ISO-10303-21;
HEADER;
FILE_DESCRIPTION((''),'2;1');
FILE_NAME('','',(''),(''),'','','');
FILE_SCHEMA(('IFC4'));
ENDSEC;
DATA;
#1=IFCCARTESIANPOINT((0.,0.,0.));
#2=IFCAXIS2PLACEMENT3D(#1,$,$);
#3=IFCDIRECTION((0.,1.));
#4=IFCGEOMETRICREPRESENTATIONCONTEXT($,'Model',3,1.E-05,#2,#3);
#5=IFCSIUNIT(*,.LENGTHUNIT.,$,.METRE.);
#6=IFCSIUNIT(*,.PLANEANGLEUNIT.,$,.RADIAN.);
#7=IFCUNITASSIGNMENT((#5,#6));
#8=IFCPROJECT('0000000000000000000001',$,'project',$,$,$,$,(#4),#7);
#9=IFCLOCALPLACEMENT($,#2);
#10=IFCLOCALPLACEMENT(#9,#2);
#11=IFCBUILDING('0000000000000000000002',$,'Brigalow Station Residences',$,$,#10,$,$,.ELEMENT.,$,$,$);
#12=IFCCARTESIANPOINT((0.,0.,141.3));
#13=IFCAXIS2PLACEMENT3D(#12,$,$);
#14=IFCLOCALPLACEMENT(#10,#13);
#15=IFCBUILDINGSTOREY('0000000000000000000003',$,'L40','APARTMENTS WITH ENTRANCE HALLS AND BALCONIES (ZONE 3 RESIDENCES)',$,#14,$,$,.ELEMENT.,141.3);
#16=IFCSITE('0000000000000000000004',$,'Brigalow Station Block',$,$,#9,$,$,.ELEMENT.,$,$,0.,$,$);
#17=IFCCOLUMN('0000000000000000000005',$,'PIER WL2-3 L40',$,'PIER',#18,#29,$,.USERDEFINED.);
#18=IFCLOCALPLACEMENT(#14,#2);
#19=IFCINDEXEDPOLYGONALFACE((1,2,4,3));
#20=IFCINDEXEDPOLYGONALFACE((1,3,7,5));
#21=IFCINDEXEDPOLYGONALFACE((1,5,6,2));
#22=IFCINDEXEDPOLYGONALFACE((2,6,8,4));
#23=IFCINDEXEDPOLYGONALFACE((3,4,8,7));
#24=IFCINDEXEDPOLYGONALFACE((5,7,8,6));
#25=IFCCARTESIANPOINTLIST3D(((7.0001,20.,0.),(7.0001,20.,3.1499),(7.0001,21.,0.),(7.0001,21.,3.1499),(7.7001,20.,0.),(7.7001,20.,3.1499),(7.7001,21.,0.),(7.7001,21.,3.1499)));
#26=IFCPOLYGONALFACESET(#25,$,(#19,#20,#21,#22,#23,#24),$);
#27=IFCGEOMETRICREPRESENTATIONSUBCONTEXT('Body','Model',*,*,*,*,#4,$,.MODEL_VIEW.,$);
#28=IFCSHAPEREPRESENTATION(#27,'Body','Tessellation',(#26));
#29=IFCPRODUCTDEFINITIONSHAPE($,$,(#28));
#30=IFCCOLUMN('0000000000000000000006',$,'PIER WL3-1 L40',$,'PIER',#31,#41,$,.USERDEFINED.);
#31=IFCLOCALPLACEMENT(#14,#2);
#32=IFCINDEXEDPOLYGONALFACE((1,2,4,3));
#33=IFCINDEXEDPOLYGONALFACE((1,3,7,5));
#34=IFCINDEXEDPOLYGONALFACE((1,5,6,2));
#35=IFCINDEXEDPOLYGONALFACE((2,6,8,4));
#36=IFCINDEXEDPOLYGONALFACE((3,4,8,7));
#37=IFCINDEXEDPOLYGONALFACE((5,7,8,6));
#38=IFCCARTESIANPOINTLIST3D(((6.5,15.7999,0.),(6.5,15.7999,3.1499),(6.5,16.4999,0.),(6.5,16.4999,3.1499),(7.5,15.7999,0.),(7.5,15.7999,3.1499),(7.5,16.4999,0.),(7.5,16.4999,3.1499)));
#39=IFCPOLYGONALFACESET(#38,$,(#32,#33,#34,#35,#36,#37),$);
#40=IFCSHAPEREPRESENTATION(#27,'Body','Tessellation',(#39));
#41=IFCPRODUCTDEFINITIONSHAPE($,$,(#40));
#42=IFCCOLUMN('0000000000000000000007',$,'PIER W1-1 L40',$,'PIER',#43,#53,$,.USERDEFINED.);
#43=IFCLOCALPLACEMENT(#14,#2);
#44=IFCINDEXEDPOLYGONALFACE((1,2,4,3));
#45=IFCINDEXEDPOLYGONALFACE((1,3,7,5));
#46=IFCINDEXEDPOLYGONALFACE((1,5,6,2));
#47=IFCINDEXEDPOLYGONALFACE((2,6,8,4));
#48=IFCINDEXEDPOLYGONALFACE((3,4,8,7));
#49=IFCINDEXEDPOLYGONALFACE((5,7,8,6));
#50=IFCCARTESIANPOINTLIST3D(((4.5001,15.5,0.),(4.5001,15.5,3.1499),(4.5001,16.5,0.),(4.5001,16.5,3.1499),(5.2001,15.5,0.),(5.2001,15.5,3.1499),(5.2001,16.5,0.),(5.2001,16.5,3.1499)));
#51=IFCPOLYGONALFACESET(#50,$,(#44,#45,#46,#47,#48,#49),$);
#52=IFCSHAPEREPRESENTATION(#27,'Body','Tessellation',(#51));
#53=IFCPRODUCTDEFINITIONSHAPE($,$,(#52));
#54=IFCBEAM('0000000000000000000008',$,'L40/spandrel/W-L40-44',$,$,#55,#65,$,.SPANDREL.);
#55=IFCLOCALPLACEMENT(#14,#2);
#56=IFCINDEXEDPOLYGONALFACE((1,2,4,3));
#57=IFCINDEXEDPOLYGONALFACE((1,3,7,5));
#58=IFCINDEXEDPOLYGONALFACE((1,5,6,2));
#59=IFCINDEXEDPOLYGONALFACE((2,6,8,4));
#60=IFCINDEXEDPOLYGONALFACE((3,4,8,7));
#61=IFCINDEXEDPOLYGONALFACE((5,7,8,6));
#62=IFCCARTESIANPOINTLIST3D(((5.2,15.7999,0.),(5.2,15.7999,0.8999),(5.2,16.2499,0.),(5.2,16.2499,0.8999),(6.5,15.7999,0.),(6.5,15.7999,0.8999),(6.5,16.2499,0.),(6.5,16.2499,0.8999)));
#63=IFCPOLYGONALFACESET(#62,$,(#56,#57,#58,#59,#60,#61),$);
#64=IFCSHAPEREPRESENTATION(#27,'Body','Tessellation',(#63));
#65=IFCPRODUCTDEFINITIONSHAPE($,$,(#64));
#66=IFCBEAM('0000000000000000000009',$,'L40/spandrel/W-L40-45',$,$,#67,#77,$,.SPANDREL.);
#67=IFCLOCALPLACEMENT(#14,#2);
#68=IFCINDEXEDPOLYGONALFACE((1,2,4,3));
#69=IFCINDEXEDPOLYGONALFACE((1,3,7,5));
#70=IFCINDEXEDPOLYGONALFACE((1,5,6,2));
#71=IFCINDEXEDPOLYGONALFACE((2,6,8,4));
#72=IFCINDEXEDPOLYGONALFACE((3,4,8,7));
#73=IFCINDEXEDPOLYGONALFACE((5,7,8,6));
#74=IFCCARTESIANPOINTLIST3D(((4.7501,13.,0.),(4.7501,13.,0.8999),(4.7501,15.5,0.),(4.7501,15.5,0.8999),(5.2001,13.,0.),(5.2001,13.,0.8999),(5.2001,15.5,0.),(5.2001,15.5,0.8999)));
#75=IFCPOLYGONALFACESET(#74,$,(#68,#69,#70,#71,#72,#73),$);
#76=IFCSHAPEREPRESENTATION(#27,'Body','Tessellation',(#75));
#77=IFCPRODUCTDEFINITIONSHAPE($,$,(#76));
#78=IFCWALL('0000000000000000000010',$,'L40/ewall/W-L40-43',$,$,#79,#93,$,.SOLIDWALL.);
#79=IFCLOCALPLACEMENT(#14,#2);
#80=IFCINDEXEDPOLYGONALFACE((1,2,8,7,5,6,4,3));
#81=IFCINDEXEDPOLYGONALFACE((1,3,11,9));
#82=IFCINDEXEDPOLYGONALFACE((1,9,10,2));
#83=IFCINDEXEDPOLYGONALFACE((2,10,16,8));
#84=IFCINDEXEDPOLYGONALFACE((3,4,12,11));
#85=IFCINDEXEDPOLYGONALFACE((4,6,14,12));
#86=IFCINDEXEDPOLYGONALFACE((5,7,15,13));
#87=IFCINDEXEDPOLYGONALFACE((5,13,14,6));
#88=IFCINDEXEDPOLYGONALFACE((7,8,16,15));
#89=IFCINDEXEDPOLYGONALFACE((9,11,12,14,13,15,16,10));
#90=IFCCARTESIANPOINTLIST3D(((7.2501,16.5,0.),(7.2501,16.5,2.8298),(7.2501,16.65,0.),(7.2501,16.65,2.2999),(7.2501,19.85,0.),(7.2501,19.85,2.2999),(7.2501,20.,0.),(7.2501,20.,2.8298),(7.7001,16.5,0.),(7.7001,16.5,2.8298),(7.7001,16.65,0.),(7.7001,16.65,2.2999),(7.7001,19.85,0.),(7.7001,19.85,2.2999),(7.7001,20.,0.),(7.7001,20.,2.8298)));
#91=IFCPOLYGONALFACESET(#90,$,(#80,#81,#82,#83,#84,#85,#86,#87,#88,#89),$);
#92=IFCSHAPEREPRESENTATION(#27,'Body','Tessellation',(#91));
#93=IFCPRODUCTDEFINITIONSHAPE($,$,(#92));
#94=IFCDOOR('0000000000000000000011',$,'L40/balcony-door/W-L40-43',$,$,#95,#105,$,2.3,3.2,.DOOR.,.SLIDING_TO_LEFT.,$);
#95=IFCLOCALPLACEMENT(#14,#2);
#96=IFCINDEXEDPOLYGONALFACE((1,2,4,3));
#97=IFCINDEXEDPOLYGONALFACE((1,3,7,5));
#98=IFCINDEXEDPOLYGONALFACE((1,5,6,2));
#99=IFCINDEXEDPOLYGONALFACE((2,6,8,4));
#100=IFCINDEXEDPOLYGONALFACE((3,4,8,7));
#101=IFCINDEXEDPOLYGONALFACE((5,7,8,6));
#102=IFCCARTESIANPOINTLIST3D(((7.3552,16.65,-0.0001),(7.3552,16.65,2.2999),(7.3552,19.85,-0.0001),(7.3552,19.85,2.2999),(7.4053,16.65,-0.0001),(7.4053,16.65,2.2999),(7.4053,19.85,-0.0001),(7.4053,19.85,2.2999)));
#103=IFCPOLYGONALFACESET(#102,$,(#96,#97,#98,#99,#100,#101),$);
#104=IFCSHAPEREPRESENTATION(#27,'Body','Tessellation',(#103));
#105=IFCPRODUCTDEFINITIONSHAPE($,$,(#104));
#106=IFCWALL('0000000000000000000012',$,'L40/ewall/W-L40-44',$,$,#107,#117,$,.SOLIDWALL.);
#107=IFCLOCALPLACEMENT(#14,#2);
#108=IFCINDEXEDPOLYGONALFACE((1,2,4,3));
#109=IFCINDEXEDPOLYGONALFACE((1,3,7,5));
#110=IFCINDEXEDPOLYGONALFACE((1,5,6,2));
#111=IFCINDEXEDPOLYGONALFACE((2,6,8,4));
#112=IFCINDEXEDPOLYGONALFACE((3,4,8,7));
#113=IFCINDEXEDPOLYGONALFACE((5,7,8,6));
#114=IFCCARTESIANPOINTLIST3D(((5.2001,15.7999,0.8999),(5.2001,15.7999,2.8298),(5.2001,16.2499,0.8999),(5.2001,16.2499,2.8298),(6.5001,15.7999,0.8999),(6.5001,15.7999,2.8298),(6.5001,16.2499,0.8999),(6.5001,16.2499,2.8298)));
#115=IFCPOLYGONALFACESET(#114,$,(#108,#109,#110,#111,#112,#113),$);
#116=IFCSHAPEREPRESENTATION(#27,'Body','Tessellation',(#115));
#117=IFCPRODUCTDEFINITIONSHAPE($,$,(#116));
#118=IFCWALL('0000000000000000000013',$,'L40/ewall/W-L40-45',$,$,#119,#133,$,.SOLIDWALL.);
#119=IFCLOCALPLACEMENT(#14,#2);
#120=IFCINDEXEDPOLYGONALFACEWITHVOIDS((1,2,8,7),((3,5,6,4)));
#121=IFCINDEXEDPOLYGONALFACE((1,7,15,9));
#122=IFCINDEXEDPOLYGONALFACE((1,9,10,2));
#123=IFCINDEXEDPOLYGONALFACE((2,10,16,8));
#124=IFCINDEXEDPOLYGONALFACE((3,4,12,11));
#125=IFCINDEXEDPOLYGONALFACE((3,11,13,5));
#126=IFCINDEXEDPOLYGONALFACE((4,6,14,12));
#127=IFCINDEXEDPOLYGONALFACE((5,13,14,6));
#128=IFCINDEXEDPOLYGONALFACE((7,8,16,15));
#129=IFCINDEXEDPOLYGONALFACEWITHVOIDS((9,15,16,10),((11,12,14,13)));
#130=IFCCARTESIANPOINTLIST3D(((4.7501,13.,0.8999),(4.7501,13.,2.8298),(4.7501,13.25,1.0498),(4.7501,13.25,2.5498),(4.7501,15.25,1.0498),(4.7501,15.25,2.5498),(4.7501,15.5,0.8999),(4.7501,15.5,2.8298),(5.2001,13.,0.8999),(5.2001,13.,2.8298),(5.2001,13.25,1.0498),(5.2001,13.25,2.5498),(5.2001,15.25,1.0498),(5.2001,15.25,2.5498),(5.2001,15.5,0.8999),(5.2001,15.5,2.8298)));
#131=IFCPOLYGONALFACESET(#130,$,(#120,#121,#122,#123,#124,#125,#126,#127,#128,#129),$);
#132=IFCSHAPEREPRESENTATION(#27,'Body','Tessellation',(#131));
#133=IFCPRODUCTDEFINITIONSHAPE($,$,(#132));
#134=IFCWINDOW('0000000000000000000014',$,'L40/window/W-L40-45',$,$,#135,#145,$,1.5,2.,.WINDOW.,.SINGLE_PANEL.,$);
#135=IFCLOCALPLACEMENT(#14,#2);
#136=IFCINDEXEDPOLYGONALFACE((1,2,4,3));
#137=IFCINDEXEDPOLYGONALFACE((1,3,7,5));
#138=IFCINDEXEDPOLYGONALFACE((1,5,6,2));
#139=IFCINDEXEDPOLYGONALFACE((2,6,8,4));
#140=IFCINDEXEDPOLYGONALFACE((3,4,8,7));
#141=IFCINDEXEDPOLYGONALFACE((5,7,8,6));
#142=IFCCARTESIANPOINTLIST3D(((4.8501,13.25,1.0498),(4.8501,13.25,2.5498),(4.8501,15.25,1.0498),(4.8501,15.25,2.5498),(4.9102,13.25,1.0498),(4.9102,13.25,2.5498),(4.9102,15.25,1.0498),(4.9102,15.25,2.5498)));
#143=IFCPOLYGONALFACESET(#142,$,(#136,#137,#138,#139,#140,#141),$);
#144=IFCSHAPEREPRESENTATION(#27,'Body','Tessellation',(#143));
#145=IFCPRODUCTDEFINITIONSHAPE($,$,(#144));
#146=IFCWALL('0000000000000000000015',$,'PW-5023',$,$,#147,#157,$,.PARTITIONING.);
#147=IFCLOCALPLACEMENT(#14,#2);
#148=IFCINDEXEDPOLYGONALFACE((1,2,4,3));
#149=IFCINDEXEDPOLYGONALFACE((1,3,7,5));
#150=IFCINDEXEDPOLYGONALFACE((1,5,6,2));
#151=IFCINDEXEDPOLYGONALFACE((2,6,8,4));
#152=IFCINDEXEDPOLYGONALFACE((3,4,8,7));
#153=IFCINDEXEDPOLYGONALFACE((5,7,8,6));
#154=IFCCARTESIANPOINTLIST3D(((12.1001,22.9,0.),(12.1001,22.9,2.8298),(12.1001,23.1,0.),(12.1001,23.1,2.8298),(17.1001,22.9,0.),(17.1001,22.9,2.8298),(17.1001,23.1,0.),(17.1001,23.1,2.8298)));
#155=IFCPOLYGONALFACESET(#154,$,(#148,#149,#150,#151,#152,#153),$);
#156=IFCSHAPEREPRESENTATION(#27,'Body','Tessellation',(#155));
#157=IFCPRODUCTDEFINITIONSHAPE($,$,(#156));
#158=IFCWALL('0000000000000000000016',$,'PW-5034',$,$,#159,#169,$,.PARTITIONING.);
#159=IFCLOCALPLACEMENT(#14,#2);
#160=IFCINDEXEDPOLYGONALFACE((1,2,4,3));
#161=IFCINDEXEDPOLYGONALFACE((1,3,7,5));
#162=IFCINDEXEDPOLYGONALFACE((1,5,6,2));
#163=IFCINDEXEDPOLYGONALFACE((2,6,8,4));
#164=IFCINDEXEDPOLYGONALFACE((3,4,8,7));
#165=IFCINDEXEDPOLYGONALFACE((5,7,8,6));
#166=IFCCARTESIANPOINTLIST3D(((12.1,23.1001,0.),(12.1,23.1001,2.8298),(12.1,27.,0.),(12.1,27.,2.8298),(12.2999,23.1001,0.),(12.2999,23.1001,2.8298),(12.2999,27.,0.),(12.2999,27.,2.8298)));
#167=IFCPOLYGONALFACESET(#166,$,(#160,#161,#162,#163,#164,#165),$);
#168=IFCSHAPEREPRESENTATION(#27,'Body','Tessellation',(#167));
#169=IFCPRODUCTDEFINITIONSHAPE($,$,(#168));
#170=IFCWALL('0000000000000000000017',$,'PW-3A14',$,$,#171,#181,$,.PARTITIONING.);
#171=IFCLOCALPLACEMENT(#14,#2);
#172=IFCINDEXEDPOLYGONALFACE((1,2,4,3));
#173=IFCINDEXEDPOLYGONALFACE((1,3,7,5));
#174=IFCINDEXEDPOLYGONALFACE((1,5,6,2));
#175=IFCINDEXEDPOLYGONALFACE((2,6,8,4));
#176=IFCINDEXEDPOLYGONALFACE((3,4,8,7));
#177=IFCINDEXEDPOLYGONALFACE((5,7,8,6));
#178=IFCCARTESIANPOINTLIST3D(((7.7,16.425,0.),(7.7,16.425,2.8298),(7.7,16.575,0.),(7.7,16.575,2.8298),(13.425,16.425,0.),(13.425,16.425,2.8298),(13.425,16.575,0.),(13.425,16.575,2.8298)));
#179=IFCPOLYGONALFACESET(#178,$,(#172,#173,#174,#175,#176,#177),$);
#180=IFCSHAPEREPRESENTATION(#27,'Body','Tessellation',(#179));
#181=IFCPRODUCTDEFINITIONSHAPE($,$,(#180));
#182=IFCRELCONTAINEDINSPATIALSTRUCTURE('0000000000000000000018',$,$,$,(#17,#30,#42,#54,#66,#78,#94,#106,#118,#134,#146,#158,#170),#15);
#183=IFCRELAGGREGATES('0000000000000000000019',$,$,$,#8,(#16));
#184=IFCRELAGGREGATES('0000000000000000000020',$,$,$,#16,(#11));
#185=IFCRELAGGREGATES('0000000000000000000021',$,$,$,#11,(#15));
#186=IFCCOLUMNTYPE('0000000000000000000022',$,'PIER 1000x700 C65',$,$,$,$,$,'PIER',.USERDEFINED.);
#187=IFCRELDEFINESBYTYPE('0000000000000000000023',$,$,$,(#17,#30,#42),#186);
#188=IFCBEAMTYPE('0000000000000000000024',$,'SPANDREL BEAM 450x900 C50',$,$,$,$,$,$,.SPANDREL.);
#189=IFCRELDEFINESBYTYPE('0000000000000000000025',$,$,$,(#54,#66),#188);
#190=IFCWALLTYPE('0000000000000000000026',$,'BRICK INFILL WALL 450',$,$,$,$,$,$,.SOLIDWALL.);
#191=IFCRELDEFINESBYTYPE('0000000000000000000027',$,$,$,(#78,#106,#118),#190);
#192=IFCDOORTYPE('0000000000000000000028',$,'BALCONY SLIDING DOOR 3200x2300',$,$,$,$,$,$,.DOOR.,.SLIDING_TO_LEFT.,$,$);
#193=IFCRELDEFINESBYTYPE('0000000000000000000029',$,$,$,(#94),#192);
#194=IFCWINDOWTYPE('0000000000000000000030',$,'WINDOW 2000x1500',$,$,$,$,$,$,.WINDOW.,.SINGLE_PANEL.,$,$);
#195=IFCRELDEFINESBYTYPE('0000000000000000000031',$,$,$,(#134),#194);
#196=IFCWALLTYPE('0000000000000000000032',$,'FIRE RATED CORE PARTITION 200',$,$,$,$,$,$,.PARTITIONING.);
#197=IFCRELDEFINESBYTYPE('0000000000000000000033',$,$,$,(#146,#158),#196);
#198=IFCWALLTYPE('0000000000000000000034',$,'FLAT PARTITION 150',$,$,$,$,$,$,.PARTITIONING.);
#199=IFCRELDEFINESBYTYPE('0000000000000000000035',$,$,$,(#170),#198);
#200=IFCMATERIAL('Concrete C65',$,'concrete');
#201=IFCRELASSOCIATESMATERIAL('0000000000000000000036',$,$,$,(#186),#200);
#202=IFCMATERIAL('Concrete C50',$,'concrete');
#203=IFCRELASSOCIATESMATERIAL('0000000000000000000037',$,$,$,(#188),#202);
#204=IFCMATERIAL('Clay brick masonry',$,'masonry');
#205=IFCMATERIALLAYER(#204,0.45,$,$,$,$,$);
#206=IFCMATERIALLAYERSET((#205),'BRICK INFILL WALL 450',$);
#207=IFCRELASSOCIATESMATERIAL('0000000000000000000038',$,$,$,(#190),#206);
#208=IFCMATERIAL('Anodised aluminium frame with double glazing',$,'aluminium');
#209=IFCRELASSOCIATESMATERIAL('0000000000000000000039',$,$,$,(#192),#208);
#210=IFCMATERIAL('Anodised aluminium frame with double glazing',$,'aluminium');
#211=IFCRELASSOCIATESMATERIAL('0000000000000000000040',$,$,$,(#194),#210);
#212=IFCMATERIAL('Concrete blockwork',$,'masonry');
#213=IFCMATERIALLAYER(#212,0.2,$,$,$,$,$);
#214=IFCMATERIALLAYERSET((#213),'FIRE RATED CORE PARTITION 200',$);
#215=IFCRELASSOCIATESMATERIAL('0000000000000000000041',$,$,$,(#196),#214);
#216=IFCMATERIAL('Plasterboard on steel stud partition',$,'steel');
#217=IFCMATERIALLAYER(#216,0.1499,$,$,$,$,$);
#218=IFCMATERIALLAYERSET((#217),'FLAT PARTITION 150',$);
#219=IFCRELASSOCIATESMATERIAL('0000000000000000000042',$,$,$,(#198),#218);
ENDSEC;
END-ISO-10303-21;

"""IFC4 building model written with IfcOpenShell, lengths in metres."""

from ifc_helpers import new_model, si_unit, direction, frame, frame_2d, origin, origin_2d, place, context, subcontext, project, spatial, rectangle, extrude, material, layer, layer_set, material_profile, profile_set, type_object, element, fill, save


model = new_model("IFC4")

# Units and contexts
model_context = context("Model", 3, precision=1e-05, world=origin(), true_north=direction((0.0, 1.0)))
body_context = subcontext(model_context, "Body", "Model", "MODEL_VIEW")
ifc_project = project(units=[si_unit("LENGTHUNIT", "METRE"), si_unit("PLANEANGLEUNIT", "RADIAN")], contexts=[model_context])

# Site, building, storey
site_placement = place(None, origin())
site = spatial("IfcSite", under=ifc_project, at=site_placement, Name="Brigalow Station Block", CompositionType="ELEMENT", RefElevation=0.0)
building_placement = place(site_placement, origin())
building = spatial("IfcBuilding", under=site, at=building_placement, Name="Brigalow Station Residences", CompositionType="ELEMENT")
storey_placement = place(building_placement, frame((0.0, 0.0, 141.3)))
storey = spatial("IfcBuildingStorey", under=building, at=storey_placement, Name="L40", Description="APARTMENTS WITH ENTRANCE HALLS AND BALCONIES (ZONE 3 RESIDENCES)", CompositionType="ELEMENT", Elevation=141.3)

# Columns
ifc_material_1 = material(Name="Concrete C65", Category="concrete")
ifc_material_profile_1 = material_profile(ifc_material_1, rectangle(XDim=1.0, YDim=0.7, at=origin_2d()), Name="RC1000x700")
ifc_profile_set_1 = profile_set([ifc_material_profile_1], Name="Concrete C65")
column_type = type_object("IfcColumnType", Name="PIER 1000x700 C65", ElementType="PIER", PredefinedType="USERDEFINED", material=ifc_profile_set_1)
for number, where, z_axis, x_axis, name in (
    (1, (7.3501, 20.5, 0.0), (0.0, 0.0, 1.0), (0.0, -1.0, 0.0), "PIER WL2-3 L40"),
    (2, (7.0, 16.1499, 0.0), (0.0, 0.0, 1.0), (-1.0, 0.0, 0.0), "PIER WL3-1 L40"),
    (3, (4.8501, 16.0, 0.0), (0.0, 0.0, 1.0), (0.0, -1.0, 0.0), "PIER W1-1 L40"),
):
    element("IfcColumn", number, at=place(storey_placement, frame(where, z_axis=z_axis, x_axis=x_axis)), inside=storey, type_object=column_type, Name=name, ObjectType="PIER", PredefinedType="USERDEFINED", context=body_context, shape_type="SweptSolid", body=[
        extrude(rectangle(XDim=1.0, YDim=0.7, at=origin_2d()), origin(), (0.0, 0.0, 1.0), 3.1499),
    ])

# Beams
ifc_material_2 = material(Name="Concrete C50", Category="concrete")
ifc_material_profile_2 = material_profile(ifc_material_2, rectangle(XDim=0.45, YDim=0.8999, at=origin_2d()), Name="RC450x900")
ifc_profile_set_2 = profile_set([ifc_material_profile_2], Name="Concrete C50")
beam_type = type_object("IfcBeamType", Name="SPANDREL BEAM 450x900 C50", PredefinedType="SPANDREL", material=ifc_profile_set_2)
beam_1_placement = place(storey_placement, frame((6.5, 16.0249, 0.45), z_axis=(-1.0, 0.0, 0.0), x_axis=(0.0, -1.0, 0.0)))
element("IfcBeam", 4, at=beam_1_placement, inside=storey, type_object=beam_type, Name="L40/spandrel/W-L40-44", PredefinedType="SPANDREL", context=body_context, shape_type="SweptSolid", body=[
    extrude(rectangle(XDim=0.45, YDim=0.8999, at=origin_2d()), origin(), (0.0, 0.0, 1.0), 1.3),
])
beam_2_placement = place(storey_placement, frame((4.9751, 15.5, 0.45), z_axis=(0.0, -1.0, 0.0), x_axis=(1.0, 0.0, 0.0)))
element("IfcBeam", 5, at=beam_2_placement, inside=storey, type_object=beam_type, Name="L40/spandrel/W-L40-45", PredefinedType="SPANDREL", context=body_context, shape_type="SweptSolid", body=[
    extrude(rectangle(XDim=0.45, YDim=0.8999, at=origin_2d()), origin(), (0.0, 0.0, 1.0), 2.5),
])

# Wall, opening, door
ifc_material_3 = material(Name="Clay brick masonry", Category="masonry")
ifc_layer_1 = layer(ifc_material_3, 0.45)
ifc_layer_set_1 = layer_set([ifc_layer_1], Name="BRICK INFILL WALL 450")
wall_type_1 = type_object("IfcWallType", Name="BRICK INFILL WALL 450", PredefinedType="SOLIDWALL", material=ifc_layer_set_1)
wall_1_placement = place(storey_placement, frame((7.4751, 20.0, 0.0), z_axis=(0.0, 0.0, 1.0), x_axis=(0.0, -1.0, 0.0)))
wall_1 = element("IfcWall", 6, at=wall_1_placement, inside=storey, type_object=wall_type_1, Name="L40/ewall/W-L40-43", PredefinedType="SOLIDWALL", context=body_context, shape_type="SweptSolid", body=[
    extrude(rectangle(XDim=3.5, YDim=0.45, at=frame_2d((1.75, 0.0))), origin(), (0.0, 0.0, 1.0), 2.8298),
])
opening_1_placement = place(wall_1_placement, frame((0.1499, 0.0, 0.0)))
opening_1 = element("IfcOpeningElement", 7, at=opening_1_placement, cuts=wall_1, PredefinedType="OPENING", context=body_context, shape_type="SweptSolid", body=[
    extrude(rectangle(XDim=3.2, YDim=2.3, at=frame_2d((1.6001, 1.1499))), frame((0.0, 0.2349, 0.0), z_axis=(0.0, -1.0, 0.0), x_axis=(1.0, 0.0, 0.0)), (0.0, 0.0, 1.0), 0.47),
])
ifc_material_4 = material(Name="Anodised aluminium frame with double glazing", Category="aluminium")
door_type = type_object("IfcDoorType", Name="BALCONY SLIDING DOOR 3200x2300", OperationType="SLIDING_TO_LEFT", PredefinedType="DOOR", material=ifc_material_4)
door_placement = place(opening_1_placement, origin())
door = element("IfcDoor", 8, at=door_placement, inside=storey, type_object=door_type, Name="L40/balcony-door/W-L40-43", OperationType="SLIDING_TO_LEFT", OverallHeight=2.3, OverallWidth=3.2, PredefinedType="DOOR", context=body_context, shape_type="SweptSolid", body=[
    extrude(rectangle(XDim=3.2, YDim=2.3, at=frame_2d((1.6001, 1.1499))), frame((0.0, -0.0698, 0.0), z_axis=(0.0, -1.0, 0.0), x_axis=(1.0, 0.0, 0.0)), (0.0, 0.0, 1.0), 0.05),
])
fill(opening_1, door)

# Wall
wall_2_placement = place(storey_placement, frame((6.5, 16.0249, 0.8999), z_axis=(0.0, 0.0, 1.0), x_axis=(-1.0, 0.0, 0.0)))
element("IfcWall", 9, at=wall_2_placement, inside=storey, type_object=wall_type_1, Name="L40/ewall/W-L40-44", PredefinedType="SOLIDWALL", context=body_context, shape_type="SweptSolid", body=[
    extrude(rectangle(XDim=1.3, YDim=0.45, at=frame_2d((0.6499, 0.0))), origin(), (0.0, 0.0, 1.0), 1.9299),
])

# Wall, opening, window
wall_3_placement = place(storey_placement, frame((4.9751, 15.5, 0.8999), z_axis=(0.0, 0.0, 1.0), x_axis=(0.0, -1.0, 0.0)))
wall_3 = element("IfcWall", 10, at=wall_3_placement, inside=storey, type_object=wall_type_1, Name="L40/ewall/W-L40-45", PredefinedType="SOLIDWALL", context=body_context, shape_type="SweptSolid", body=[
    extrude(rectangle(XDim=2.5, YDim=0.45, at=frame_2d((1.25, 0.0))), origin(), (0.0, 0.0, 1.0), 1.9299),
])
opening_2_placement = place(wall_3_placement, frame((0.25, 0.0, 0.1499)))
opening_2 = element("IfcOpeningElement", 11, at=opening_2_placement, cuts=wall_3, PredefinedType="OPENING", context=body_context, shape_type="SweptSolid", body=[
    extrude(rectangle(XDim=2.0, YDim=1.5, at=frame_2d((1.0, 0.75))), frame((0.0, 0.2349, 0.0), z_axis=(0.0, -1.0, 0.0), x_axis=(1.0, 0.0, 0.0)), (0.0, 0.0, 1.0), 0.47),
])
ifc_material_5 = material(Name="Anodised aluminium frame with double glazing", Category="aluminium")
window_type = type_object("IfcWindowType", Name="WINDOW 2000x1500", PartitioningType="SINGLE_PANEL", PredefinedType="WINDOW", material=ifc_material_5)
window_placement = place(opening_2_placement, origin())
window = element("IfcWindow", 12, at=window_placement, inside=storey, type_object=window_type, Name="L40/window/W-L40-45", OverallHeight=1.5, OverallWidth=2.0, PartitioningType="SINGLE_PANEL", PredefinedType="WINDOW", context=body_context, shape_type="SweptSolid", body=[
    extrude(rectangle(XDim=2.0, YDim=1.5, at=frame_2d((1.0, 0.75))), frame((0.0, -0.0649, 0.0), z_axis=(0.0, -1.0, 0.0), x_axis=(1.0, 0.0, 0.0)), (0.0, 0.0, 1.0), 0.0601),
])
fill(opening_2, window)

# Walls
ifc_material_6 = material(Name="Concrete blockwork", Category="masonry")
ifc_layer_2 = layer(ifc_material_6, 0.2)
ifc_layer_set_2 = layer_set([ifc_layer_2], Name="FIRE RATED CORE PARTITION 200")
wall_type_2 = type_object("IfcWallType", Name="FIRE RATED CORE PARTITION 200", PredefinedType="PARTITIONING", material=ifc_layer_set_2)
wall_4_placement = place(storey_placement, frame((12.1001, 23.0, 0.0), z_axis=(0.0, 0.0, 1.0), x_axis=(1.0, 0.0, 0.0)))
element("IfcWall", 13, at=wall_4_placement, inside=storey, type_object=wall_type_2, Name="PW-5023", PredefinedType="PARTITIONING", context=body_context, shape_type="SweptSolid", body=[
    extrude(rectangle(XDim=5.0, YDim=0.2, at=frame_2d((2.5, 0.0))), origin(), (0.0, 0.0, 1.0), 2.8298),
])
wall_5_placement = place(storey_placement, frame((12.2, 23.1001, 0.0), z_axis=(0.0, 0.0, 1.0), x_axis=(0.0, 1.0, 0.0)))
element("IfcWall", 14, at=wall_5_placement, inside=storey, type_object=wall_type_2, Name="PW-5034", PredefinedType="PARTITIONING", context=body_context, shape_type="SweptSolid", body=[
    extrude(rectangle(XDim=3.8999, YDim=0.2, at=frame_2d((1.95, 0.0))), origin(), (0.0, 0.0, 1.0), 2.8298),
])
ifc_material_7 = material(Name="Plasterboard on steel stud partition", Category="steel")
ifc_layer_3 = layer(ifc_material_7, 0.1499)
ifc_layer_set_3 = layer_set([ifc_layer_3], Name="FLAT PARTITION 150")
wall_type_3 = type_object("IfcWallType", Name="FLAT PARTITION 150", PredefinedType="PARTITIONING", material=ifc_layer_set_3)
wall_6_placement = place(storey_placement, frame((7.7, 16.5, 0.0), z_axis=(0.0, 0.0, 1.0), x_axis=(1.0, 0.0, 0.0)))
element("IfcWall", 15, at=wall_6_placement, inside=storey, type_object=wall_type_3, Name="PW-3A14", PredefinedType="PARTITIONING", context=body_context, shape_type="SweptSolid", body=[
    extrude(rectangle(XDim=5.7251, YDim=0.1499, at=frame_2d((2.8625, 0.0))), origin(), (0.0, 0.0, 1.0), 2.8298),
])

save(model, "model.ifc")
